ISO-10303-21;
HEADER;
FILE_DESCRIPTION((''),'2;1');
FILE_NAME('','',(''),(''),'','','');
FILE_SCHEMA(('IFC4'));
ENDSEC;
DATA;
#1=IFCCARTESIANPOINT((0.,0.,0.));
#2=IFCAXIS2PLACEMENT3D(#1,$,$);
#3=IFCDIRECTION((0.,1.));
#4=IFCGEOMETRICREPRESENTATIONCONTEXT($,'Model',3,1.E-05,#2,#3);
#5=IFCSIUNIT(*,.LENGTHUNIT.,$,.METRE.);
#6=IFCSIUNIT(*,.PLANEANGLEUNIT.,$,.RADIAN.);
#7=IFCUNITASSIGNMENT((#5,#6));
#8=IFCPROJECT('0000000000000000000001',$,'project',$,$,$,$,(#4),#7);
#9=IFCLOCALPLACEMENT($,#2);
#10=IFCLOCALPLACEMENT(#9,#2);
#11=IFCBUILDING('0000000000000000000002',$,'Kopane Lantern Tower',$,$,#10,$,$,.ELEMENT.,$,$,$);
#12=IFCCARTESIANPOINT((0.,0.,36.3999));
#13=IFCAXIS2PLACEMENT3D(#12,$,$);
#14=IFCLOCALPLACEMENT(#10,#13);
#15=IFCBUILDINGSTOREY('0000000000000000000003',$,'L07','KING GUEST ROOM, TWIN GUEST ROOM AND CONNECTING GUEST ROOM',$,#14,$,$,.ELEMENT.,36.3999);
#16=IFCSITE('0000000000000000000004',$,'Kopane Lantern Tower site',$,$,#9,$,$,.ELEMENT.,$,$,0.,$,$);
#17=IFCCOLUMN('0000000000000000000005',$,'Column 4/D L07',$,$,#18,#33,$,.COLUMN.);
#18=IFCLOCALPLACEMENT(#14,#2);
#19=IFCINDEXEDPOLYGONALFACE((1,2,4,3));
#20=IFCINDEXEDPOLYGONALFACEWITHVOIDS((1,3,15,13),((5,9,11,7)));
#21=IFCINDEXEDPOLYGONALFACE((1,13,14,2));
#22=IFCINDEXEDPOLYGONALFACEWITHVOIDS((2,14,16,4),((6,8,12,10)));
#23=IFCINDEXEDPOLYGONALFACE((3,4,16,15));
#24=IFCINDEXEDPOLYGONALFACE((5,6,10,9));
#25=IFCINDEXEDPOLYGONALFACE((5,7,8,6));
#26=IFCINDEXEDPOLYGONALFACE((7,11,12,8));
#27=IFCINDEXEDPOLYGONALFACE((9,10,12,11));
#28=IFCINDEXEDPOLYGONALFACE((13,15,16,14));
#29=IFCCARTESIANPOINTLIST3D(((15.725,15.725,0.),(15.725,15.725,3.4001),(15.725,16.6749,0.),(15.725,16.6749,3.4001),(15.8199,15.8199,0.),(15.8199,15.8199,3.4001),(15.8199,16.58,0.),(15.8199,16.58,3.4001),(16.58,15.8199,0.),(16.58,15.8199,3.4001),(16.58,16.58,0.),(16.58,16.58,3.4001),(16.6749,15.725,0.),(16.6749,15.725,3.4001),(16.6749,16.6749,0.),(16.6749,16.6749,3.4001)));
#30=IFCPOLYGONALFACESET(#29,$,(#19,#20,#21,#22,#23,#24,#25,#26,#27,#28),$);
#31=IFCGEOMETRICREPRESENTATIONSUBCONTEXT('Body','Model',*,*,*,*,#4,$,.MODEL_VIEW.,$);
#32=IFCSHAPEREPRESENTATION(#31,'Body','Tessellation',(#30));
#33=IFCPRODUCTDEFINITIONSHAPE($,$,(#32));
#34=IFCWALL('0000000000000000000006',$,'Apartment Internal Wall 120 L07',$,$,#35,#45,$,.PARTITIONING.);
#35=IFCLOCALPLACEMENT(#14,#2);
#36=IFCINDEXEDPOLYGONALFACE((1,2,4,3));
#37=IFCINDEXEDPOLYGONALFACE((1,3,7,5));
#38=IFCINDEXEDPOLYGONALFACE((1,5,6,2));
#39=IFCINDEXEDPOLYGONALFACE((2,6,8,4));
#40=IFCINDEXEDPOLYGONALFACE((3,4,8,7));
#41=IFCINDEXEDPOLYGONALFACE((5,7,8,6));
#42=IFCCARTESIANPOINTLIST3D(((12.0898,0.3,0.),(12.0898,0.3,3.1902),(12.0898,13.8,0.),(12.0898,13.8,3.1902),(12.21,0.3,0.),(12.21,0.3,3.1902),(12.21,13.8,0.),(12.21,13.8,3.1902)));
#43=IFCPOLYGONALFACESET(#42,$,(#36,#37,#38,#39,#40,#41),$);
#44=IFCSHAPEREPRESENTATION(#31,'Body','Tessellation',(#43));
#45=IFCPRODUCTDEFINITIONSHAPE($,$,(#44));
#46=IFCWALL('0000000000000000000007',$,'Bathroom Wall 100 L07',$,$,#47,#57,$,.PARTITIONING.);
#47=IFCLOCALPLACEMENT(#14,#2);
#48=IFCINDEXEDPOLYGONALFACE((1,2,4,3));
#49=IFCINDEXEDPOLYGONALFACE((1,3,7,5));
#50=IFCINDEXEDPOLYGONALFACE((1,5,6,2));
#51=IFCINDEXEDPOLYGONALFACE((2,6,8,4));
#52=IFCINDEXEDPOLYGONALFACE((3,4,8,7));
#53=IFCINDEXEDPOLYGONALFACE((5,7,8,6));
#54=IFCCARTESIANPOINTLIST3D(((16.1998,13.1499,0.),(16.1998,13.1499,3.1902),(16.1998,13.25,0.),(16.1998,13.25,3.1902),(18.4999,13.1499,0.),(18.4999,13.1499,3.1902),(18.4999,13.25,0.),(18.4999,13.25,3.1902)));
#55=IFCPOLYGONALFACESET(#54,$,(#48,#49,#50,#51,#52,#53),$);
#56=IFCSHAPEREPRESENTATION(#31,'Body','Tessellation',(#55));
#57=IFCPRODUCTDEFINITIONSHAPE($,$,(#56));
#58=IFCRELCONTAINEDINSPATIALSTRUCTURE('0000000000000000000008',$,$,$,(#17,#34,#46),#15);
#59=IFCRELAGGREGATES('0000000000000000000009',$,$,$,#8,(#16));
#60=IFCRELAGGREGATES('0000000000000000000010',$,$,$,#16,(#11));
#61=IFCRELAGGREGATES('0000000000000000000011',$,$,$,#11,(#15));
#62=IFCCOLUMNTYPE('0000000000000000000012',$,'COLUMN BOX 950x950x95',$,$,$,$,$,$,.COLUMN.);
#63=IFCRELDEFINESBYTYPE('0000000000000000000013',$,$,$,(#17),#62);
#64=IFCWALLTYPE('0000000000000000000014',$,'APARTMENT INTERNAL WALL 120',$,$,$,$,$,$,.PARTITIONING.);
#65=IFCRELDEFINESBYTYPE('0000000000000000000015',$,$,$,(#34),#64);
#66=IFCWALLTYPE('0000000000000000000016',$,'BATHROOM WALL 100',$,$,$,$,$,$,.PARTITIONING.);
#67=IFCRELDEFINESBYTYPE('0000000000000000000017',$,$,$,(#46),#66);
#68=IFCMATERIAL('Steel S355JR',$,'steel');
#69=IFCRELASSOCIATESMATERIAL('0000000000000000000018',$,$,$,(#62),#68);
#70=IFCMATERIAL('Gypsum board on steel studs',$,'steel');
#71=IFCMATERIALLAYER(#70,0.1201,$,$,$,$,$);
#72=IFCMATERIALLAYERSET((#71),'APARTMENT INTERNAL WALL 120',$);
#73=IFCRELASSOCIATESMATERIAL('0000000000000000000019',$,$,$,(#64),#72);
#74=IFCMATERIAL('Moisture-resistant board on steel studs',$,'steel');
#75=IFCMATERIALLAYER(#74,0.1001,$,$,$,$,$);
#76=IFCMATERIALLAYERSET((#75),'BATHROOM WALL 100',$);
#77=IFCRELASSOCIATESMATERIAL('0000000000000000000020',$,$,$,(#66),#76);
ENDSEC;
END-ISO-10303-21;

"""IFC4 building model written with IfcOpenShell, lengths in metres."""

from ifc_helpers import new_model, si_unit, direction, frame, frame_2d, origin, origin_2d, place, context, subcontext, project, spatial, rectangle, hollow_rectangle, extrude, material, layer, layer_set, material_profile, profile_set, type_object, element, save


model = new_model("IFC4")

# Units and contexts
model_context = context("Model", 3, precision=1e-05, world=origin(), true_north=direction((0.0, 1.0)))
body_context = subcontext(model_context, "Body", "Model", "MODEL_VIEW")
ifc_project = project(units=[si_unit("LENGTHUNIT", "METRE"), si_unit("PLANEANGLEUNIT", "RADIAN")], contexts=[model_context])

# Site, building, storey
site_placement = place(None, origin())
site = spatial("IfcSite", under=ifc_project, at=site_placement, Name="Kopane Lantern Tower site", CompositionType="ELEMENT", RefElevation=0.0)
building_placement = place(site_placement, origin())
building = spatial("IfcBuilding", under=site, at=building_placement, Name="Kopane Lantern Tower", CompositionType="ELEMENT")
storey_placement = place(building_placement, frame((0.0, 0.0, 36.3999)))
storey = spatial("IfcBuildingStorey", under=building, at=storey_placement, Name="L07", Description="KING GUEST ROOM, TWIN GUEST ROOM AND CONNECTING GUEST ROOM", CompositionType="ELEMENT", Elevation=36.3999)

# Column
ifc_material_1 = material(Name="Steel S355JR", Category="steel")
ifc_material_profile = material_profile(ifc_material_1, hollow_rectangle(XDim=0.95, YDim=0.95, WallThickness=0.095, at=origin_2d()), Name="BOX 950x950x95")
ifc_profile_set = profile_set([ifc_material_profile], Name="Steel S355JR")
column_type = type_object("IfcColumnType", Name="COLUMN BOX 950x950x95", PredefinedType="COLUMN", material=ifc_profile_set)
column_placement = place(storey_placement, frame((16.2, 16.2, 0.0), z_axis=(0.0, 0.0, 1.0), x_axis=(1.0, 0.0, 0.0)))
element("IfcColumn", 1, at=column_placement, inside=storey, type_object=column_type, Name="Column 4/D L07", PredefinedType="COLUMN", context=body_context, shape_type="SweptSolid", body=[
    extrude(hollow_rectangle(XDim=0.95, YDim=0.95, WallThickness=0.095, at=origin_2d()), origin(), (0.0, 0.0, 1.0), 3.4001),
])

# Walls
ifc_material_2 = material(Name="Gypsum board on steel studs", Category="steel")
ifc_layer_1 = layer(ifc_material_2, 0.1201)
ifc_layer_set_1 = layer_set([ifc_layer_1], Name="APARTMENT INTERNAL WALL 120")
wall_type_1 = type_object("IfcWallType", Name="APARTMENT INTERNAL WALL 120", PredefinedType="PARTITIONING", material=ifc_layer_set_1)
wall_1_placement = place(storey_placement, frame((12.1499, 13.8, 0.0), z_axis=(0.0, 0.0, 1.0), x_axis=(0.0, -1.0, 0.0)))
element("IfcWall", 2, at=wall_1_placement, inside=storey, type_object=wall_type_1, Name="Apartment Internal Wall 120 L07", PredefinedType="PARTITIONING", context=body_context, shape_type="SweptSolid", body=[
    extrude(rectangle(XDim=13.5, YDim=0.1201, at=frame_2d((6.75, 0.0))), origin(), (0.0, 0.0, 1.0), 3.1902),
])
ifc_material_3 = material(Name="Moisture-resistant board on steel studs", Category="steel")
ifc_layer_2 = layer(ifc_material_3, 0.1001)
ifc_layer_set_2 = layer_set([ifc_layer_2], Name="BATHROOM WALL 100")
wall_type_2 = type_object("IfcWallType", Name="BATHROOM WALL 100", PredefinedType="PARTITIONING", material=ifc_layer_set_2)
wall_2_placement = place(storey_placement, frame((16.2, 13.2, 0.0), z_axis=(0.0, 0.0, 1.0), x_axis=(1.0, 0.0, 0.0)))
element("IfcWall", 3, at=wall_2_placement, inside=storey, type_object=wall_type_2, Name="Bathroom Wall 100 L07", PredefinedType="PARTITIONING", context=body_context, shape_type="SweptSolid", body=[
    extrude(rectangle(XDim=2.3, YDim=0.1001, at=frame_2d((1.1499, 0.0))), origin(), (0.0, 0.0, 1.0), 3.1902),
])

save(model, "model.ifc")
